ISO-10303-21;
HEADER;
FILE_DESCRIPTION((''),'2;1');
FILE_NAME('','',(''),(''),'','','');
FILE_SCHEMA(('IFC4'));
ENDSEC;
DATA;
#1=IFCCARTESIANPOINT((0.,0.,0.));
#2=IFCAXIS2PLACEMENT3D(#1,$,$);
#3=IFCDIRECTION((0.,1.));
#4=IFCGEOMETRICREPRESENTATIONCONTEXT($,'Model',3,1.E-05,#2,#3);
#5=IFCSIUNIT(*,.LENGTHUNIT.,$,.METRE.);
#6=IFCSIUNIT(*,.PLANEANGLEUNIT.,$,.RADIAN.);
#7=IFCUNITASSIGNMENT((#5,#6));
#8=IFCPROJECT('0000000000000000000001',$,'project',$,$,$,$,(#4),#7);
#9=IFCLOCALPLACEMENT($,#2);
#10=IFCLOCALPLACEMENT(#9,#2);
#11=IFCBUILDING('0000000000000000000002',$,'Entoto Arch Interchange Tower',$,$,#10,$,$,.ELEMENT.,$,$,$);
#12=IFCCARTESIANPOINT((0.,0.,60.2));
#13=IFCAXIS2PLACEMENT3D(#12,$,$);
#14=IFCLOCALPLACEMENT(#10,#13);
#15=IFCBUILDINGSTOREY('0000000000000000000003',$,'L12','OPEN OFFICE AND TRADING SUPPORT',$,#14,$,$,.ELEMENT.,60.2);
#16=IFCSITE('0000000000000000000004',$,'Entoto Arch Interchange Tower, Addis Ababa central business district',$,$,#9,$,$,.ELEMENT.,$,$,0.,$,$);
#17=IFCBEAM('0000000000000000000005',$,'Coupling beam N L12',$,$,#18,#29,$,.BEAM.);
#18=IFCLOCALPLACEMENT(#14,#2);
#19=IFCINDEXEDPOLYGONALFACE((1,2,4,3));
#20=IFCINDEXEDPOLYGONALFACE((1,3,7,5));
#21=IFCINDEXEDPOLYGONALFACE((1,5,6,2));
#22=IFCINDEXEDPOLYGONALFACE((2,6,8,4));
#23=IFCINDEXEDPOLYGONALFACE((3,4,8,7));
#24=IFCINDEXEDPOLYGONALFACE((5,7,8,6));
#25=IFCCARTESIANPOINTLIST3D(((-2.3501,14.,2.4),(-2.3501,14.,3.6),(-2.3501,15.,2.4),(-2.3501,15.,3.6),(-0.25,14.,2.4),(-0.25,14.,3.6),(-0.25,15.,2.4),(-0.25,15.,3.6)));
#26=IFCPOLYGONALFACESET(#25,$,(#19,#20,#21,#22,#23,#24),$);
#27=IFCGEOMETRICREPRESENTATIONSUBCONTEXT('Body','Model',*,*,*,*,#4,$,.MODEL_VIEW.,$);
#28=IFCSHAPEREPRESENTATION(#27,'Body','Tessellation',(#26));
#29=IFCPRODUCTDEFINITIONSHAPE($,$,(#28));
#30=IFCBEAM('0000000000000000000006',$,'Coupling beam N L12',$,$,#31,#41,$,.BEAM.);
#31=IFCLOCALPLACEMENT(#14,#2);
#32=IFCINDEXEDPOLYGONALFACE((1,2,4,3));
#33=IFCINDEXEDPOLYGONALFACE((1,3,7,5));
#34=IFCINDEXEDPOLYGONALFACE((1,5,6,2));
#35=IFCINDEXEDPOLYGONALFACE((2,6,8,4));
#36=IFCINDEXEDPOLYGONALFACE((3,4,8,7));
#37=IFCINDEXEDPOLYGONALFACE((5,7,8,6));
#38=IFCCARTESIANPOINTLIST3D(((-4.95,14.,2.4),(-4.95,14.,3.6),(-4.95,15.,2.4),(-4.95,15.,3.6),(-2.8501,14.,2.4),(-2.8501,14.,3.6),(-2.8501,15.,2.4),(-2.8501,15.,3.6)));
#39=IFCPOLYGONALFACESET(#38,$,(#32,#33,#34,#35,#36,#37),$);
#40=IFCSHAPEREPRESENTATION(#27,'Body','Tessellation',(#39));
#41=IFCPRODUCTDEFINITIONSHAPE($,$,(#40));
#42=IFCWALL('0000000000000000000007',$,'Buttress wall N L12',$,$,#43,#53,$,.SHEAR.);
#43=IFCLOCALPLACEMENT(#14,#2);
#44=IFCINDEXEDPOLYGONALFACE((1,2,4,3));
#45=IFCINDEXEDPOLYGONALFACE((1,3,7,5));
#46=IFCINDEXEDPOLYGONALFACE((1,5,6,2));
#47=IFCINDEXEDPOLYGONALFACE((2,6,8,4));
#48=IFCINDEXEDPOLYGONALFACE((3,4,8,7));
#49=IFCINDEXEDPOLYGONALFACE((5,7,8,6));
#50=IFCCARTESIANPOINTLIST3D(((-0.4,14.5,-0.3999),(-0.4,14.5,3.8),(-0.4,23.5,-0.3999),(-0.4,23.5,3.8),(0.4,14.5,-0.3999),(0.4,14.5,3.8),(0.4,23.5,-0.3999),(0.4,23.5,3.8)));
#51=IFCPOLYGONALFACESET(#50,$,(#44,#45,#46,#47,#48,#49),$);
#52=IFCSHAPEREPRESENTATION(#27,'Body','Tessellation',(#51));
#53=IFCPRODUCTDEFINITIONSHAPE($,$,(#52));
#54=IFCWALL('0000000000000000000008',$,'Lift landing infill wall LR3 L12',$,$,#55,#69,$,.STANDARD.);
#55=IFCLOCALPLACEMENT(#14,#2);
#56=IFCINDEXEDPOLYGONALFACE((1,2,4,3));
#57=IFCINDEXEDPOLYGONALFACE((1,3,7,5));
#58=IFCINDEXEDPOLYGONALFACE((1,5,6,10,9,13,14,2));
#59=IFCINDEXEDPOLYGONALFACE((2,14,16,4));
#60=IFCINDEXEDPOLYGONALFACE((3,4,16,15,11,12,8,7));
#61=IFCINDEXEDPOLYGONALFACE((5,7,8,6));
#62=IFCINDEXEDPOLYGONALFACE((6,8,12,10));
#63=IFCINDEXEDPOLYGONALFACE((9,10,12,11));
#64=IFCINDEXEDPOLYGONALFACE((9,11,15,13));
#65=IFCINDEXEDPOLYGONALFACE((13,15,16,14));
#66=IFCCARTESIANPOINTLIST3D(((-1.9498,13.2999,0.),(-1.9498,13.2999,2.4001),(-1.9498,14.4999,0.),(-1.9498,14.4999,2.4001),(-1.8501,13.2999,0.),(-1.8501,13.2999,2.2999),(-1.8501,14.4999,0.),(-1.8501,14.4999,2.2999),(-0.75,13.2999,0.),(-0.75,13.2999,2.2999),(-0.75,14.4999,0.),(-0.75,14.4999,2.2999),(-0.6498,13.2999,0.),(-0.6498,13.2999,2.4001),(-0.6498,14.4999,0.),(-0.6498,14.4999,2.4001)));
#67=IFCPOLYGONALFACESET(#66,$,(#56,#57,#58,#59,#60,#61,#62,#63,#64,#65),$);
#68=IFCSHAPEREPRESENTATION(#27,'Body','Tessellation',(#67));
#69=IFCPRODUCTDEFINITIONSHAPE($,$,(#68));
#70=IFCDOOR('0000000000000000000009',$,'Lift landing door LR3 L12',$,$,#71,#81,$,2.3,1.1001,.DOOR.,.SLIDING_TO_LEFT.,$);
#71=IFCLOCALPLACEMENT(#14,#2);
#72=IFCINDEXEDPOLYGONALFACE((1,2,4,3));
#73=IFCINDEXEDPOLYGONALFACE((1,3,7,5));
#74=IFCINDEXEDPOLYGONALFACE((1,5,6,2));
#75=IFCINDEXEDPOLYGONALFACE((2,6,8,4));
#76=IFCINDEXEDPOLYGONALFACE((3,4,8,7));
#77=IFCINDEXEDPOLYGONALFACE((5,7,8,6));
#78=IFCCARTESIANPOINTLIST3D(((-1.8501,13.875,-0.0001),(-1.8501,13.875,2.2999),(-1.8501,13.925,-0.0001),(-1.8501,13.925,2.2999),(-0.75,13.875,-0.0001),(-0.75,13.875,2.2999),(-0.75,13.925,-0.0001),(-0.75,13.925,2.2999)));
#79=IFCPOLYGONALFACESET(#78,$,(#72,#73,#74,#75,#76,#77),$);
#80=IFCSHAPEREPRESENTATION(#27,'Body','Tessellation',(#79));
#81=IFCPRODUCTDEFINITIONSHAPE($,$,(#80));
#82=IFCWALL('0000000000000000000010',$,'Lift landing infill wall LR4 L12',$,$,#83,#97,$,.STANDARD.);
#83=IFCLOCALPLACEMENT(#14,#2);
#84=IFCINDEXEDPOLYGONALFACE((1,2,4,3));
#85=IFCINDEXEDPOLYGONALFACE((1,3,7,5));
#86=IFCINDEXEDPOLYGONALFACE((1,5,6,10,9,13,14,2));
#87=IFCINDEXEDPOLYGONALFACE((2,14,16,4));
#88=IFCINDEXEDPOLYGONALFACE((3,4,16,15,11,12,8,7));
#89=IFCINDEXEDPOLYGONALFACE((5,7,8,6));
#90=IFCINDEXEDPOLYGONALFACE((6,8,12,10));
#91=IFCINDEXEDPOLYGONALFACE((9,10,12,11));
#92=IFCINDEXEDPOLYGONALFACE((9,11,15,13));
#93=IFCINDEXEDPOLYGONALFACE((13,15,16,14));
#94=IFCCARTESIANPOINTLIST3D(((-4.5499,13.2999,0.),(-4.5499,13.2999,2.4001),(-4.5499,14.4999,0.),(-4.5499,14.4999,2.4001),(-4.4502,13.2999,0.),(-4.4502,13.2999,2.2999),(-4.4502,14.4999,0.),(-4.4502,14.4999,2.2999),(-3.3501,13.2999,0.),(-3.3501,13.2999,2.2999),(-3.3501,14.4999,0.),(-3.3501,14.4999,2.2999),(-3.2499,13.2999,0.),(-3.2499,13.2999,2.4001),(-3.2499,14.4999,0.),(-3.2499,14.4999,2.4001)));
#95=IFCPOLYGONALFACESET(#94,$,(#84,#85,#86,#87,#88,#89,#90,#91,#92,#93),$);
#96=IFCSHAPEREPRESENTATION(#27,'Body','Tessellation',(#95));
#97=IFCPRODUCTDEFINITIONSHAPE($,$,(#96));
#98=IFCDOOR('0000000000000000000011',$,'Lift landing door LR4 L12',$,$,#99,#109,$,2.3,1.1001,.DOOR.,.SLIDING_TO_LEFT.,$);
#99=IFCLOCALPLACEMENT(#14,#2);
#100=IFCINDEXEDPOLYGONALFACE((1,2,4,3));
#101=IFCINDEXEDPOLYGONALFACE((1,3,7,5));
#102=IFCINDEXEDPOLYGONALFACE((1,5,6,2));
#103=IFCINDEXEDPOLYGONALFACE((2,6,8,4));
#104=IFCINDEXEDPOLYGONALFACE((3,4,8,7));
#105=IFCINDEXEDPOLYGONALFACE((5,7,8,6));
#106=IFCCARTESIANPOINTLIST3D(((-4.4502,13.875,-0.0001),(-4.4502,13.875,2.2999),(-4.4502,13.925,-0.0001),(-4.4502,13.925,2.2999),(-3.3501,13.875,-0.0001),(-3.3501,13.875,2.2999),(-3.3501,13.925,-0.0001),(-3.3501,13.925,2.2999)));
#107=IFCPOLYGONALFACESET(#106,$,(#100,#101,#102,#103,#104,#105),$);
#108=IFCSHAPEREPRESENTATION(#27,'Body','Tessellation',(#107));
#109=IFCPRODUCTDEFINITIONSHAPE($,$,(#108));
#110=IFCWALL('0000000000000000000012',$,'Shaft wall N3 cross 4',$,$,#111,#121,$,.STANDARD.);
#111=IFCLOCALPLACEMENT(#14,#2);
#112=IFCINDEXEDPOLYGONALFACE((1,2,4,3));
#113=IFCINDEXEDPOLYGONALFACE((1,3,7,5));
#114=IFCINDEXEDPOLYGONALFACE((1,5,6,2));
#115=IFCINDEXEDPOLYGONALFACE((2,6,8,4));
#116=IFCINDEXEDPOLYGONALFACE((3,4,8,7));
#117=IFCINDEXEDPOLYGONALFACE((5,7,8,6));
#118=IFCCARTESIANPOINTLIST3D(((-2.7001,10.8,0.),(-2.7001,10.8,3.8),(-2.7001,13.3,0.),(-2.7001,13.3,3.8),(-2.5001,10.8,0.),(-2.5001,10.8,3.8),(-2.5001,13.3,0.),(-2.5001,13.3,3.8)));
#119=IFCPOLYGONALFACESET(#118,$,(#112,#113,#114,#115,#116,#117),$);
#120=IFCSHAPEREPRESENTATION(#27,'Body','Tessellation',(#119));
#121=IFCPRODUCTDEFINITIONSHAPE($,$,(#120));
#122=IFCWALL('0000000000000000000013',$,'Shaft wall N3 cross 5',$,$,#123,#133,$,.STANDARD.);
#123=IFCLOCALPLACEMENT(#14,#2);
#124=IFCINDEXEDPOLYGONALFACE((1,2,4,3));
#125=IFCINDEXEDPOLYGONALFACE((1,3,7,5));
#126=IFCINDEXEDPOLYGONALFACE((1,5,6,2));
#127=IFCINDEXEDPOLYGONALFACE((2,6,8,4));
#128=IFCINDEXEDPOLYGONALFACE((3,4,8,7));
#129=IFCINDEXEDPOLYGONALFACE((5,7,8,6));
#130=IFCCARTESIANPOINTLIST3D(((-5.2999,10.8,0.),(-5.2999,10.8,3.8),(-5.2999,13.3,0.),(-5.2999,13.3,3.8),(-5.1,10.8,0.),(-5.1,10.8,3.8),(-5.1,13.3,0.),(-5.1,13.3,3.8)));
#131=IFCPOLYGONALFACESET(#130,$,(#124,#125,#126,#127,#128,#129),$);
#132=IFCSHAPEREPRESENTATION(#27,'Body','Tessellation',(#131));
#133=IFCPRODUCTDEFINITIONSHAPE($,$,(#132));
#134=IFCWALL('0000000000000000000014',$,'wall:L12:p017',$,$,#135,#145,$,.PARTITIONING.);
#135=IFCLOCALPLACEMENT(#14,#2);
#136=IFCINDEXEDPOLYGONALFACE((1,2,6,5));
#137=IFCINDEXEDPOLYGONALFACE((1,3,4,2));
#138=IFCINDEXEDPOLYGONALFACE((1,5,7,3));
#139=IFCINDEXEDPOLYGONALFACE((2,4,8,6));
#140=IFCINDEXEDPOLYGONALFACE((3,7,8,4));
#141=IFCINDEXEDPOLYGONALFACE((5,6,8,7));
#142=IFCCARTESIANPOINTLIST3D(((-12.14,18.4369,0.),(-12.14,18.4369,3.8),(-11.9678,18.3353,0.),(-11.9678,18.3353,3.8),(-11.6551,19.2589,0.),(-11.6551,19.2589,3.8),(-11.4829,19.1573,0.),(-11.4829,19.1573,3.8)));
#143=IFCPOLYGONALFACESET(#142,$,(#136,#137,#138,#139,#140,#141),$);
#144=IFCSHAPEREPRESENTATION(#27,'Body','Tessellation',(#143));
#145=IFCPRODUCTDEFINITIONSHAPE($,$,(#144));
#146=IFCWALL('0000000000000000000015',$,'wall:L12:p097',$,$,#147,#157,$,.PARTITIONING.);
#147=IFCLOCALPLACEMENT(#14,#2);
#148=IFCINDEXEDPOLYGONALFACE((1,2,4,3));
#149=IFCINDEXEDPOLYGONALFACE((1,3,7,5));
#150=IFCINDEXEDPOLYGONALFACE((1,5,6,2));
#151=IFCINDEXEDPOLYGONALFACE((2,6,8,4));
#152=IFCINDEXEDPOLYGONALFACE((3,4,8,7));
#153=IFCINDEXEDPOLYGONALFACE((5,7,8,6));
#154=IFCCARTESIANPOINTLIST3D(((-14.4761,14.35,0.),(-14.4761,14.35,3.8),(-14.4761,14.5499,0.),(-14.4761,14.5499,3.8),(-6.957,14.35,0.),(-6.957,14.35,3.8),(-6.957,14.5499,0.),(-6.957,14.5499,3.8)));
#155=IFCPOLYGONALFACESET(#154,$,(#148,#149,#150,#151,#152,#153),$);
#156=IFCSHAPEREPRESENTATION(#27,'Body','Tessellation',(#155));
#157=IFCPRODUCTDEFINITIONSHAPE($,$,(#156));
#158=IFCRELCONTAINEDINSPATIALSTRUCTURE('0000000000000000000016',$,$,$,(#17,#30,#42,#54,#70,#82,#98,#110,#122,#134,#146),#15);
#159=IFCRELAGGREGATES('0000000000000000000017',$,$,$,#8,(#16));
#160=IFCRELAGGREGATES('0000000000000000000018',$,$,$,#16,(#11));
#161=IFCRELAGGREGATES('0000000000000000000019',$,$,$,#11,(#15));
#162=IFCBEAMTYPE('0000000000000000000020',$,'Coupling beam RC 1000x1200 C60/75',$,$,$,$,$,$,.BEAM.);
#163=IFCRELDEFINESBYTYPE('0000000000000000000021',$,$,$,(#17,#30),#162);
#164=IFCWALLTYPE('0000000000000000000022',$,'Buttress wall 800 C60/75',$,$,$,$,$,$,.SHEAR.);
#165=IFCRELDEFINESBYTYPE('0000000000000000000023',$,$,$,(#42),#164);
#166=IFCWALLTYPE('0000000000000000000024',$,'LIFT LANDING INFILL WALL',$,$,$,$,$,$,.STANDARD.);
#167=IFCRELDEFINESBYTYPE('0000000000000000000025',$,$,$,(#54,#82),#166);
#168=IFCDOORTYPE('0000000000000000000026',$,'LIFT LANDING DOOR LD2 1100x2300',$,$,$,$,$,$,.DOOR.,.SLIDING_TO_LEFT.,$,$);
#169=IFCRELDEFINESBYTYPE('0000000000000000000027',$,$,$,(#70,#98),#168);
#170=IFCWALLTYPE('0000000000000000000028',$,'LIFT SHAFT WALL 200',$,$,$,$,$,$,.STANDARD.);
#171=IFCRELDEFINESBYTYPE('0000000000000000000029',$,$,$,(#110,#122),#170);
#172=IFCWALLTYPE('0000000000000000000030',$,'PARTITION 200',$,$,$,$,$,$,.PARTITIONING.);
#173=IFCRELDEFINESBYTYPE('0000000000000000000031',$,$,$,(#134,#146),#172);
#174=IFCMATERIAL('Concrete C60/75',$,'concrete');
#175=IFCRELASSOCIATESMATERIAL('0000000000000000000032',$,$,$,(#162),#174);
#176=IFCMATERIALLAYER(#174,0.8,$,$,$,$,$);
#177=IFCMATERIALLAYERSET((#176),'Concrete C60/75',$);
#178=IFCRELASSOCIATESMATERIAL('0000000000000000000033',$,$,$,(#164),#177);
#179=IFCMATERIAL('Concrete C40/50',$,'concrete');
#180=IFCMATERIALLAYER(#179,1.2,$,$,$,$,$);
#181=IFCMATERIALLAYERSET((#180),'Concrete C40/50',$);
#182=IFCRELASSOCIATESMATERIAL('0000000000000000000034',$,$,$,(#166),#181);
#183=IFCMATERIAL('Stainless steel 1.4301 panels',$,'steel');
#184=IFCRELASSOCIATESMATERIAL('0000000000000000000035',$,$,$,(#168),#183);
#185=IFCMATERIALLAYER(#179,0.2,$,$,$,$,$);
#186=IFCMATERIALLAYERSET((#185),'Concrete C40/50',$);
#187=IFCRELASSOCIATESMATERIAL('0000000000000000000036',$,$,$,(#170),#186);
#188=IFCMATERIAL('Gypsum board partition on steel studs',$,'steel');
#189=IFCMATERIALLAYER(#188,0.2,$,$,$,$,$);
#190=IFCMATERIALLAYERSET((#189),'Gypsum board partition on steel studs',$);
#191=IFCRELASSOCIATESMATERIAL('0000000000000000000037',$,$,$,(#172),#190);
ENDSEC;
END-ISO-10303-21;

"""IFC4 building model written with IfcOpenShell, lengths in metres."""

from ifc_helpers import new_model, si_unit, direction, frame, frame_2d, origin, origin_2d, place, context, subcontext, project, spatial, rectangle, extrude, material, layer, layer_set, material_profile, profile_set, type_object, element, fill, save


model = new_model("IFC4")

# Units and contexts
model_context = context("Model", 3, precision=1e-05, world=origin(), true_north=direction((0.0, 1.0)))
body_context = subcontext(model_context, "Body", "Model", "MODEL_VIEW")
ifc_project = project(units=[si_unit("LENGTHUNIT", "METRE"), si_unit("PLANEANGLEUNIT", "RADIAN")], contexts=[model_context])

# Site, building, storey
site_placement = place(None, origin())
site = spatial("IfcSite", under=ifc_project, at=site_placement, Name="Entoto Arch Interchange Tower, Addis Ababa central business district", CompositionType="ELEMENT", RefElevation=0.0)
building_placement = place(site_placement, origin())
building = spatial("IfcBuilding", under=site, at=building_placement, Name="Entoto Arch Interchange Tower", CompositionType="ELEMENT")
storey_placement = place(building_placement, frame((0.0, 0.0, 60.2)))
storey = spatial("IfcBuildingStorey", under=building, at=storey_placement, Name="L12", Description="OPEN OFFICE AND TRADING SUPPORT", CompositionType="ELEMENT", Elevation=60.2)

# Beams
ifc_material_1 = material(Name="Concrete C60/75", Category="concrete")
ifc_material_profile = material_profile(ifc_material_1, rectangle(XDim=1.0, YDim=1.2, at=origin_2d()))
ifc_profile_set = profile_set([ifc_material_profile], Name="Concrete C60/75")
beam_type = type_object("IfcBeamType", Name="Coupling beam RC 1000x1200 C60/75", PredefinedType="BEAM", material=ifc_profile_set)
beam_1_placement = place(storey_placement, frame((-0.25, 14.5, 3.0), z_axis=(-1.0, 0.0, 0.0), x_axis=(0.0, -1.0, 0.0)))
element("IfcBeam", 1, at=beam_1_placement, inside=storey, type_object=beam_type, Name="Coupling beam N L12", PredefinedType="BEAM", context=body_context, shape_type="SweptSolid", body=[
    extrude(rectangle(XDim=1.0, YDim=1.2, at=origin_2d()), origin(), (0.0, 0.0, 1.0), 2.1001),
])
beam_2_placement = place(storey_placement, frame((-2.8501, 14.5, 3.0), z_axis=(-1.0, 0.0, 0.0), x_axis=(0.0, -1.0, 0.0)))
element("IfcBeam", 2, at=beam_2_placement, inside=storey, type_object=beam_type, Name="Coupling beam N L12", PredefinedType="BEAM", context=body_context, shape_type="SweptSolid", body=[
    extrude(rectangle(XDim=1.0, YDim=1.2, at=origin_2d()), origin(), (0.0, 0.0, 1.0), 2.0999),
])

# Wall
ifc_layer_1 = layer(ifc_material_1, 0.8)
ifc_layer_set_1 = layer_set([ifc_layer_1], Name="Concrete C60/75")
wall_type_1 = type_object("IfcWallType", Name="Buttress wall 800 C60/75", PredefinedType="SHEAR", material=ifc_layer_set_1)
wall_1_placement = place(storey_placement, frame((0.0, 14.5, -0.3999), z_axis=(0.0, 0.0, 1.0), x_axis=(0.0, 1.0, 0.0)))
element("IfcWall", 3, at=wall_1_placement, inside=storey, type_object=wall_type_1, Name="Buttress wall N L12", PredefinedType="SHEAR", context=body_context, shape_type="SweptSolid", body=[
    extrude(rectangle(XDim=9.0, YDim=0.8, at=frame_2d((4.5, 0.0))), origin(), (0.0, 0.0, 1.0), 4.2),
])

# Walls, openings, doors
ifc_material_2 = material(Name="Concrete C40/50", Category="concrete")
ifc_layer_2 = layer(ifc_material_2, 1.2)
ifc_layer_set_2 = layer_set([ifc_layer_2], Name="Concrete C40/50")
wall_type_2 = type_object("IfcWallType", Name="LIFT LANDING INFILL WALL", PredefinedType="STANDARD", material=ifc_layer_set_2)
wall_2_placement = place(storey_placement, frame((-0.6499, 13.8999, 0.0), z_axis=(0.0, 0.0, 1.0), x_axis=(-1.0, 0.0, 0.0)))
wall_2 = element("IfcWall", 4, at=wall_2_placement, inside=storey, type_object=wall_type_2, Name="Lift landing infill wall LR3 L12", PredefinedType="STANDARD", context=body_context, shape_type="SweptSolid", body=[
    extrude(rectangle(XDim=1.3, YDim=1.2, at=frame_2d((0.6499, 0.0))), origin(), (0.0, 0.0, 1.0), 2.4001),
])
opening_1_placement = place(wall_2_placement, frame((0.1001, 0.0, 0.0)))
opening_1 = element("IfcOpeningElement", 5, at=opening_1_placement, cuts=wall_2, PredefinedType="OPENING", context=body_context, shape_type="SweptSolid", body=[
    extrude(rectangle(XDim=1.1001, YDim=2.3, at=frame_2d((0.55, 1.1499))), frame((0.0, 0.6099, 0.0), z_axis=(0.0, -1.0, 0.0), x_axis=(1.0, 0.0, 0.0)), (0.0, 0.0, 1.0), 1.22),
])
ifc_material_3 = material(Name="Stainless steel 1.4301 panels", Category="steel")
door_type_1 = type_object("IfcDoorType", Name="LIFT LANDING DOOR LD2 1100x2300", OperationType="SLIDING_TO_LEFT", PredefinedType="DOOR", material=ifc_material_3)
door_1_placement = place(opening_1_placement, origin())
door_1 = element("IfcDoor", 6, at=door_1_placement, inside=storey, type_object=door_type_1, Name="Lift landing door LR3 L12", OperationType="SLIDING_TO_LEFT", OverallHeight=2.3, OverallWidth=1.1001, PredefinedType="DOOR", context=body_context, shape_type="SweptSolid", body=[
    extrude(rectangle(XDim=1.1001, YDim=2.3, at=frame_2d((0.55, 1.1499))), frame((0.0, 0.0249, 0.0), z_axis=(0.0, -1.0, 0.0), x_axis=(1.0, 0.0, 0.0)), (0.0, 0.0, 1.0), 0.05),
])
fill(opening_1, door_1)
wall_3_placement = place(storey_placement, frame((-3.25, 13.8999, 0.0), z_axis=(0.0, 0.0, 1.0), x_axis=(-1.0, 0.0, 0.0)))
wall_3 = element("IfcWall", 7, at=wall_3_placement, inside=storey, type_object=wall_type_2, Name="Lift landing infill wall LR4 L12", PredefinedType="STANDARD", context=body_context, shape_type="SweptSolid", body=[
    extrude(rectangle(XDim=1.3, YDim=1.2, at=frame_2d((0.6499, 0.0))), origin(), (0.0, 0.0, 1.0), 2.4001),
])
opening_2_placement = place(wall_3_placement, frame((0.1001, 0.0, 0.0)))
opening_2 = element("IfcOpeningElement", 8, at=opening_2_placement, cuts=wall_3, PredefinedType="OPENING", context=body_context, shape_type="SweptSolid", body=[
    extrude(rectangle(XDim=1.1001, YDim=2.3, at=frame_2d((0.55, 1.1499))), frame((0.0, 0.6099, 0.0), z_axis=(0.0, -1.0, 0.0), x_axis=(1.0, 0.0, 0.0)), (0.0, 0.0, 1.0), 1.22),
])
door_2_placement = place(opening_2_placement, origin())
door_2 = element("IfcDoor", 9, at=door_2_placement, inside=storey, type_object=door_type_1, Name="Lift landing door LR4 L12", OperationType="SLIDING_TO_LEFT", OverallHeight=2.3, OverallWidth=1.1001, PredefinedType="DOOR", context=body_context, shape_type="SweptSolid", body=[
    extrude(rectangle(XDim=1.1001, YDim=2.3, at=frame_2d((0.55, 1.1499))), frame((0.0, 0.0249, 0.0), z_axis=(0.0, -1.0, 0.0), x_axis=(1.0, 0.0, 0.0)), (0.0, 0.0, 1.0), 0.05),
])
fill(opening_2, door_2)

# Walls
ifc_layer_3 = layer(ifc_material_2, 0.2)
ifc_layer_set_3 = layer_set([ifc_layer_3], Name="Concrete C40/50")
wall_type_3 = type_object("IfcWallType", Name="LIFT SHAFT WALL 200", PredefinedType="STANDARD", material=ifc_layer_set_3)
for number, where, z_axis, x_axis, name in (
    (10, (-2.6001, 10.8, 0.0), (0.0, 0.0, 1.0), (0.0, 1.0, 0.0), "Shaft wall N3 cross 4"),
    (11, (-5.2, 10.8, 0.0), (0.0, 0.0, 1.0), (0.0, 1.0, 0.0), "Shaft wall N3 cross 5"),
):
    element("IfcWall", number, at=place(storey_placement, frame(where, z_axis=z_axis, x_axis=x_axis)), inside=storey, type_object=wall_type_3, Name=name, PredefinedType="STANDARD", context=body_context, shape_type="SweptSolid", body=[
        extrude(rectangle(XDim=2.5, YDim=0.2, at=frame_2d((1.25, 0.0))), origin(), (0.0, 0.0, 1.0), 3.8),
    ])
ifc_material_4 = material(Name="Gypsum board partition on steel studs", Category="steel")
ifc_layer_4 = layer(ifc_material_4, 0.2)
ifc_layer_set_4 = layer_set([ifc_layer_4], Name="Gypsum board partition on steel studs")
wall_type_4 = type_object("IfcWallType", Name="PARTITION 200", PredefinedType="PARTITIONING", material=ifc_layer_set_4)
wall_4_placement = place(storey_placement, frame((-11.5691, 19.208, 0.0), z_axis=(0.0, 0.0, 1.0), x_axis=(-0.508048, -0.861329, 0.0)))
element("IfcWall", 12, at=wall_4_placement, inside=storey, type_object=wall_type_4, Name="wall:L12:p017", PredefinedType="PARTITIONING", context=body_context, shape_type="SweptSolid", body=[
    extrude(rectangle(XDim=0.9543, YDim=0.2, at=frame_2d((0.4771, 0.0))), origin(), (0.0, 0.0, 1.0), 3.8),
])
wall_5_placement = place(storey_placement, frame((-6.957, 14.45, 0.0), z_axis=(0.0, 0.0, 1.0), x_axis=(-1.0, 0.0, 0.0)))
element("IfcWall", 13, at=wall_5_placement, inside=storey, type_object=wall_type_4, Name="wall:L12:p097", PredefinedType="PARTITIONING", context=body_context, shape_type="SweptSolid", body=[
    extrude(rectangle(XDim=7.519, YDim=0.2, at=frame_2d((3.7595, 0.0))), origin(), (0.0, 0.0, 1.0), 3.8),
])

save(model, "model.ifc")
